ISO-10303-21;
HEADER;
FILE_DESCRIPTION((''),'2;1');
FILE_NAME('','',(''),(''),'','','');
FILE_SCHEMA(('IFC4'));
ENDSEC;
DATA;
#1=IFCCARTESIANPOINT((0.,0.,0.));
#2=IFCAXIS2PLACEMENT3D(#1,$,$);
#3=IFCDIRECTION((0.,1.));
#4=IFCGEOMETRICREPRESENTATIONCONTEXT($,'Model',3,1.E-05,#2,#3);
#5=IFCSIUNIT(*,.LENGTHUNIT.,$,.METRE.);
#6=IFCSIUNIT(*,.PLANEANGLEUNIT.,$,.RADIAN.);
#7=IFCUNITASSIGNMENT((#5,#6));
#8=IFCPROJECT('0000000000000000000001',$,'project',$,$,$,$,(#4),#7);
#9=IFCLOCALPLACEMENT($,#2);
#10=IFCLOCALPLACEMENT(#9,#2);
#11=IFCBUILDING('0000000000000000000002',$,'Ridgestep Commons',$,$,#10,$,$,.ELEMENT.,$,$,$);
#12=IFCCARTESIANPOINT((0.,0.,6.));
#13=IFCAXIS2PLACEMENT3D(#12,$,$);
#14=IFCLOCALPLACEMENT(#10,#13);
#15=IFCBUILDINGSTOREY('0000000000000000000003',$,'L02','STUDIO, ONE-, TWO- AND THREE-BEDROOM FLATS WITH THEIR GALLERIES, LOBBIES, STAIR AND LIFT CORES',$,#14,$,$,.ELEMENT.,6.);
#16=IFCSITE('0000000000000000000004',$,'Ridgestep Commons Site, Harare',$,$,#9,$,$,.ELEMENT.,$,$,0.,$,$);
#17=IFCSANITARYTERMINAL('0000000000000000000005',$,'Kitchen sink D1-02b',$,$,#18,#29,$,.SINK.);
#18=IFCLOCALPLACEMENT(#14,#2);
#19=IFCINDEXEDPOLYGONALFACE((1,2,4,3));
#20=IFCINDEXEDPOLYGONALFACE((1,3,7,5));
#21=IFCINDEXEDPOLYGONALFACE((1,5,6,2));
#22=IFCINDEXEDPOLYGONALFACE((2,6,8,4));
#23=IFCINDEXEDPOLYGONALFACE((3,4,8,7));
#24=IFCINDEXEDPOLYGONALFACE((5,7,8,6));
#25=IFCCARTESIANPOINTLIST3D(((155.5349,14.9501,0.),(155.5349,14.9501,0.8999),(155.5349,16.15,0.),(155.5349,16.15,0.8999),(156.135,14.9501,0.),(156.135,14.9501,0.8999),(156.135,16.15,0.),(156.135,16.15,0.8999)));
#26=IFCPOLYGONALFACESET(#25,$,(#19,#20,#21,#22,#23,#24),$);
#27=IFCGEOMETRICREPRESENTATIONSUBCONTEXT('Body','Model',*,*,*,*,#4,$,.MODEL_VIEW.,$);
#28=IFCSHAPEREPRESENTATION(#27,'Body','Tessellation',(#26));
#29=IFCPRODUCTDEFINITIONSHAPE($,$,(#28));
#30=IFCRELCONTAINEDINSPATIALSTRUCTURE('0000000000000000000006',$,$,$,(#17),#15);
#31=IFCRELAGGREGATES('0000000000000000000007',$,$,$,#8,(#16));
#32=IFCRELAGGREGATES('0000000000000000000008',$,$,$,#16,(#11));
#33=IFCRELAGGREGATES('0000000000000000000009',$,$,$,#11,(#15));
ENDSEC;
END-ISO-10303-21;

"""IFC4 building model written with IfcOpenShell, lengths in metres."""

from ifc_helpers import new_model, si_unit, direction, frame, origin, origin_2d, place, context, subcontext, project, spatial, rectangle, extrude, element, save


model = new_model("IFC4")

# Units and contexts
model_context = context("Model", 3, precision=1e-05, world=origin(), true_north=direction((0.0, 1.0)))
body_context = subcontext(model_context, "Body", "Model", "MODEL_VIEW")
ifc_project = project(units=[si_unit("LENGTHUNIT", "METRE"), si_unit("PLANEANGLEUNIT", "RADIAN")], contexts=[model_context])

# Site, building, storey
site_placement = place(None, origin())
site = spatial("IfcSite", under=ifc_project, at=site_placement, Name="Ridgestep Commons Site, Harare", CompositionType="ELEMENT", RefElevation=0.0)
building_placement = place(site_placement, origin())
building = spatial("IfcBuilding", under=site, at=building_placement, Name="Ridgestep Commons", CompositionType="ELEMENT")
storey_placement = place(building_placement, frame((0.0, 0.0, 6.0)))
storey = spatial("IfcBuildingStorey", under=building, at=storey_placement, Name="L02", Description="STUDIO, ONE-, TWO- AND THREE-BEDROOM FLATS WITH THEIR GALLERIES, LOBBIES, STAIR AND LIFT CORES", CompositionType="ELEMENT", Elevation=6.0)

# Sanitary terminal
sanitary_terminal_1_placement = place(storey_placement, frame((155.835, 15.55, 0.0), z_axis=(0.0, 0.0, 1.0), x_axis=(1.0, 0.0, 0.0)))
element("IfcSanitaryTerminal", 1, at=sanitary_terminal_1_placement, inside=storey, Name="Kitchen sink D1-02b", PredefinedType="SINK", context=body_context, shape_type="SweptSolid", body=[
    extrude(rectangle(XDim=0.6001, YDim=1.2, at=origin_2d()), origin(), (0.0, 0.0, 1.0), 0.8999),
])

save(model, "model.ifc")
